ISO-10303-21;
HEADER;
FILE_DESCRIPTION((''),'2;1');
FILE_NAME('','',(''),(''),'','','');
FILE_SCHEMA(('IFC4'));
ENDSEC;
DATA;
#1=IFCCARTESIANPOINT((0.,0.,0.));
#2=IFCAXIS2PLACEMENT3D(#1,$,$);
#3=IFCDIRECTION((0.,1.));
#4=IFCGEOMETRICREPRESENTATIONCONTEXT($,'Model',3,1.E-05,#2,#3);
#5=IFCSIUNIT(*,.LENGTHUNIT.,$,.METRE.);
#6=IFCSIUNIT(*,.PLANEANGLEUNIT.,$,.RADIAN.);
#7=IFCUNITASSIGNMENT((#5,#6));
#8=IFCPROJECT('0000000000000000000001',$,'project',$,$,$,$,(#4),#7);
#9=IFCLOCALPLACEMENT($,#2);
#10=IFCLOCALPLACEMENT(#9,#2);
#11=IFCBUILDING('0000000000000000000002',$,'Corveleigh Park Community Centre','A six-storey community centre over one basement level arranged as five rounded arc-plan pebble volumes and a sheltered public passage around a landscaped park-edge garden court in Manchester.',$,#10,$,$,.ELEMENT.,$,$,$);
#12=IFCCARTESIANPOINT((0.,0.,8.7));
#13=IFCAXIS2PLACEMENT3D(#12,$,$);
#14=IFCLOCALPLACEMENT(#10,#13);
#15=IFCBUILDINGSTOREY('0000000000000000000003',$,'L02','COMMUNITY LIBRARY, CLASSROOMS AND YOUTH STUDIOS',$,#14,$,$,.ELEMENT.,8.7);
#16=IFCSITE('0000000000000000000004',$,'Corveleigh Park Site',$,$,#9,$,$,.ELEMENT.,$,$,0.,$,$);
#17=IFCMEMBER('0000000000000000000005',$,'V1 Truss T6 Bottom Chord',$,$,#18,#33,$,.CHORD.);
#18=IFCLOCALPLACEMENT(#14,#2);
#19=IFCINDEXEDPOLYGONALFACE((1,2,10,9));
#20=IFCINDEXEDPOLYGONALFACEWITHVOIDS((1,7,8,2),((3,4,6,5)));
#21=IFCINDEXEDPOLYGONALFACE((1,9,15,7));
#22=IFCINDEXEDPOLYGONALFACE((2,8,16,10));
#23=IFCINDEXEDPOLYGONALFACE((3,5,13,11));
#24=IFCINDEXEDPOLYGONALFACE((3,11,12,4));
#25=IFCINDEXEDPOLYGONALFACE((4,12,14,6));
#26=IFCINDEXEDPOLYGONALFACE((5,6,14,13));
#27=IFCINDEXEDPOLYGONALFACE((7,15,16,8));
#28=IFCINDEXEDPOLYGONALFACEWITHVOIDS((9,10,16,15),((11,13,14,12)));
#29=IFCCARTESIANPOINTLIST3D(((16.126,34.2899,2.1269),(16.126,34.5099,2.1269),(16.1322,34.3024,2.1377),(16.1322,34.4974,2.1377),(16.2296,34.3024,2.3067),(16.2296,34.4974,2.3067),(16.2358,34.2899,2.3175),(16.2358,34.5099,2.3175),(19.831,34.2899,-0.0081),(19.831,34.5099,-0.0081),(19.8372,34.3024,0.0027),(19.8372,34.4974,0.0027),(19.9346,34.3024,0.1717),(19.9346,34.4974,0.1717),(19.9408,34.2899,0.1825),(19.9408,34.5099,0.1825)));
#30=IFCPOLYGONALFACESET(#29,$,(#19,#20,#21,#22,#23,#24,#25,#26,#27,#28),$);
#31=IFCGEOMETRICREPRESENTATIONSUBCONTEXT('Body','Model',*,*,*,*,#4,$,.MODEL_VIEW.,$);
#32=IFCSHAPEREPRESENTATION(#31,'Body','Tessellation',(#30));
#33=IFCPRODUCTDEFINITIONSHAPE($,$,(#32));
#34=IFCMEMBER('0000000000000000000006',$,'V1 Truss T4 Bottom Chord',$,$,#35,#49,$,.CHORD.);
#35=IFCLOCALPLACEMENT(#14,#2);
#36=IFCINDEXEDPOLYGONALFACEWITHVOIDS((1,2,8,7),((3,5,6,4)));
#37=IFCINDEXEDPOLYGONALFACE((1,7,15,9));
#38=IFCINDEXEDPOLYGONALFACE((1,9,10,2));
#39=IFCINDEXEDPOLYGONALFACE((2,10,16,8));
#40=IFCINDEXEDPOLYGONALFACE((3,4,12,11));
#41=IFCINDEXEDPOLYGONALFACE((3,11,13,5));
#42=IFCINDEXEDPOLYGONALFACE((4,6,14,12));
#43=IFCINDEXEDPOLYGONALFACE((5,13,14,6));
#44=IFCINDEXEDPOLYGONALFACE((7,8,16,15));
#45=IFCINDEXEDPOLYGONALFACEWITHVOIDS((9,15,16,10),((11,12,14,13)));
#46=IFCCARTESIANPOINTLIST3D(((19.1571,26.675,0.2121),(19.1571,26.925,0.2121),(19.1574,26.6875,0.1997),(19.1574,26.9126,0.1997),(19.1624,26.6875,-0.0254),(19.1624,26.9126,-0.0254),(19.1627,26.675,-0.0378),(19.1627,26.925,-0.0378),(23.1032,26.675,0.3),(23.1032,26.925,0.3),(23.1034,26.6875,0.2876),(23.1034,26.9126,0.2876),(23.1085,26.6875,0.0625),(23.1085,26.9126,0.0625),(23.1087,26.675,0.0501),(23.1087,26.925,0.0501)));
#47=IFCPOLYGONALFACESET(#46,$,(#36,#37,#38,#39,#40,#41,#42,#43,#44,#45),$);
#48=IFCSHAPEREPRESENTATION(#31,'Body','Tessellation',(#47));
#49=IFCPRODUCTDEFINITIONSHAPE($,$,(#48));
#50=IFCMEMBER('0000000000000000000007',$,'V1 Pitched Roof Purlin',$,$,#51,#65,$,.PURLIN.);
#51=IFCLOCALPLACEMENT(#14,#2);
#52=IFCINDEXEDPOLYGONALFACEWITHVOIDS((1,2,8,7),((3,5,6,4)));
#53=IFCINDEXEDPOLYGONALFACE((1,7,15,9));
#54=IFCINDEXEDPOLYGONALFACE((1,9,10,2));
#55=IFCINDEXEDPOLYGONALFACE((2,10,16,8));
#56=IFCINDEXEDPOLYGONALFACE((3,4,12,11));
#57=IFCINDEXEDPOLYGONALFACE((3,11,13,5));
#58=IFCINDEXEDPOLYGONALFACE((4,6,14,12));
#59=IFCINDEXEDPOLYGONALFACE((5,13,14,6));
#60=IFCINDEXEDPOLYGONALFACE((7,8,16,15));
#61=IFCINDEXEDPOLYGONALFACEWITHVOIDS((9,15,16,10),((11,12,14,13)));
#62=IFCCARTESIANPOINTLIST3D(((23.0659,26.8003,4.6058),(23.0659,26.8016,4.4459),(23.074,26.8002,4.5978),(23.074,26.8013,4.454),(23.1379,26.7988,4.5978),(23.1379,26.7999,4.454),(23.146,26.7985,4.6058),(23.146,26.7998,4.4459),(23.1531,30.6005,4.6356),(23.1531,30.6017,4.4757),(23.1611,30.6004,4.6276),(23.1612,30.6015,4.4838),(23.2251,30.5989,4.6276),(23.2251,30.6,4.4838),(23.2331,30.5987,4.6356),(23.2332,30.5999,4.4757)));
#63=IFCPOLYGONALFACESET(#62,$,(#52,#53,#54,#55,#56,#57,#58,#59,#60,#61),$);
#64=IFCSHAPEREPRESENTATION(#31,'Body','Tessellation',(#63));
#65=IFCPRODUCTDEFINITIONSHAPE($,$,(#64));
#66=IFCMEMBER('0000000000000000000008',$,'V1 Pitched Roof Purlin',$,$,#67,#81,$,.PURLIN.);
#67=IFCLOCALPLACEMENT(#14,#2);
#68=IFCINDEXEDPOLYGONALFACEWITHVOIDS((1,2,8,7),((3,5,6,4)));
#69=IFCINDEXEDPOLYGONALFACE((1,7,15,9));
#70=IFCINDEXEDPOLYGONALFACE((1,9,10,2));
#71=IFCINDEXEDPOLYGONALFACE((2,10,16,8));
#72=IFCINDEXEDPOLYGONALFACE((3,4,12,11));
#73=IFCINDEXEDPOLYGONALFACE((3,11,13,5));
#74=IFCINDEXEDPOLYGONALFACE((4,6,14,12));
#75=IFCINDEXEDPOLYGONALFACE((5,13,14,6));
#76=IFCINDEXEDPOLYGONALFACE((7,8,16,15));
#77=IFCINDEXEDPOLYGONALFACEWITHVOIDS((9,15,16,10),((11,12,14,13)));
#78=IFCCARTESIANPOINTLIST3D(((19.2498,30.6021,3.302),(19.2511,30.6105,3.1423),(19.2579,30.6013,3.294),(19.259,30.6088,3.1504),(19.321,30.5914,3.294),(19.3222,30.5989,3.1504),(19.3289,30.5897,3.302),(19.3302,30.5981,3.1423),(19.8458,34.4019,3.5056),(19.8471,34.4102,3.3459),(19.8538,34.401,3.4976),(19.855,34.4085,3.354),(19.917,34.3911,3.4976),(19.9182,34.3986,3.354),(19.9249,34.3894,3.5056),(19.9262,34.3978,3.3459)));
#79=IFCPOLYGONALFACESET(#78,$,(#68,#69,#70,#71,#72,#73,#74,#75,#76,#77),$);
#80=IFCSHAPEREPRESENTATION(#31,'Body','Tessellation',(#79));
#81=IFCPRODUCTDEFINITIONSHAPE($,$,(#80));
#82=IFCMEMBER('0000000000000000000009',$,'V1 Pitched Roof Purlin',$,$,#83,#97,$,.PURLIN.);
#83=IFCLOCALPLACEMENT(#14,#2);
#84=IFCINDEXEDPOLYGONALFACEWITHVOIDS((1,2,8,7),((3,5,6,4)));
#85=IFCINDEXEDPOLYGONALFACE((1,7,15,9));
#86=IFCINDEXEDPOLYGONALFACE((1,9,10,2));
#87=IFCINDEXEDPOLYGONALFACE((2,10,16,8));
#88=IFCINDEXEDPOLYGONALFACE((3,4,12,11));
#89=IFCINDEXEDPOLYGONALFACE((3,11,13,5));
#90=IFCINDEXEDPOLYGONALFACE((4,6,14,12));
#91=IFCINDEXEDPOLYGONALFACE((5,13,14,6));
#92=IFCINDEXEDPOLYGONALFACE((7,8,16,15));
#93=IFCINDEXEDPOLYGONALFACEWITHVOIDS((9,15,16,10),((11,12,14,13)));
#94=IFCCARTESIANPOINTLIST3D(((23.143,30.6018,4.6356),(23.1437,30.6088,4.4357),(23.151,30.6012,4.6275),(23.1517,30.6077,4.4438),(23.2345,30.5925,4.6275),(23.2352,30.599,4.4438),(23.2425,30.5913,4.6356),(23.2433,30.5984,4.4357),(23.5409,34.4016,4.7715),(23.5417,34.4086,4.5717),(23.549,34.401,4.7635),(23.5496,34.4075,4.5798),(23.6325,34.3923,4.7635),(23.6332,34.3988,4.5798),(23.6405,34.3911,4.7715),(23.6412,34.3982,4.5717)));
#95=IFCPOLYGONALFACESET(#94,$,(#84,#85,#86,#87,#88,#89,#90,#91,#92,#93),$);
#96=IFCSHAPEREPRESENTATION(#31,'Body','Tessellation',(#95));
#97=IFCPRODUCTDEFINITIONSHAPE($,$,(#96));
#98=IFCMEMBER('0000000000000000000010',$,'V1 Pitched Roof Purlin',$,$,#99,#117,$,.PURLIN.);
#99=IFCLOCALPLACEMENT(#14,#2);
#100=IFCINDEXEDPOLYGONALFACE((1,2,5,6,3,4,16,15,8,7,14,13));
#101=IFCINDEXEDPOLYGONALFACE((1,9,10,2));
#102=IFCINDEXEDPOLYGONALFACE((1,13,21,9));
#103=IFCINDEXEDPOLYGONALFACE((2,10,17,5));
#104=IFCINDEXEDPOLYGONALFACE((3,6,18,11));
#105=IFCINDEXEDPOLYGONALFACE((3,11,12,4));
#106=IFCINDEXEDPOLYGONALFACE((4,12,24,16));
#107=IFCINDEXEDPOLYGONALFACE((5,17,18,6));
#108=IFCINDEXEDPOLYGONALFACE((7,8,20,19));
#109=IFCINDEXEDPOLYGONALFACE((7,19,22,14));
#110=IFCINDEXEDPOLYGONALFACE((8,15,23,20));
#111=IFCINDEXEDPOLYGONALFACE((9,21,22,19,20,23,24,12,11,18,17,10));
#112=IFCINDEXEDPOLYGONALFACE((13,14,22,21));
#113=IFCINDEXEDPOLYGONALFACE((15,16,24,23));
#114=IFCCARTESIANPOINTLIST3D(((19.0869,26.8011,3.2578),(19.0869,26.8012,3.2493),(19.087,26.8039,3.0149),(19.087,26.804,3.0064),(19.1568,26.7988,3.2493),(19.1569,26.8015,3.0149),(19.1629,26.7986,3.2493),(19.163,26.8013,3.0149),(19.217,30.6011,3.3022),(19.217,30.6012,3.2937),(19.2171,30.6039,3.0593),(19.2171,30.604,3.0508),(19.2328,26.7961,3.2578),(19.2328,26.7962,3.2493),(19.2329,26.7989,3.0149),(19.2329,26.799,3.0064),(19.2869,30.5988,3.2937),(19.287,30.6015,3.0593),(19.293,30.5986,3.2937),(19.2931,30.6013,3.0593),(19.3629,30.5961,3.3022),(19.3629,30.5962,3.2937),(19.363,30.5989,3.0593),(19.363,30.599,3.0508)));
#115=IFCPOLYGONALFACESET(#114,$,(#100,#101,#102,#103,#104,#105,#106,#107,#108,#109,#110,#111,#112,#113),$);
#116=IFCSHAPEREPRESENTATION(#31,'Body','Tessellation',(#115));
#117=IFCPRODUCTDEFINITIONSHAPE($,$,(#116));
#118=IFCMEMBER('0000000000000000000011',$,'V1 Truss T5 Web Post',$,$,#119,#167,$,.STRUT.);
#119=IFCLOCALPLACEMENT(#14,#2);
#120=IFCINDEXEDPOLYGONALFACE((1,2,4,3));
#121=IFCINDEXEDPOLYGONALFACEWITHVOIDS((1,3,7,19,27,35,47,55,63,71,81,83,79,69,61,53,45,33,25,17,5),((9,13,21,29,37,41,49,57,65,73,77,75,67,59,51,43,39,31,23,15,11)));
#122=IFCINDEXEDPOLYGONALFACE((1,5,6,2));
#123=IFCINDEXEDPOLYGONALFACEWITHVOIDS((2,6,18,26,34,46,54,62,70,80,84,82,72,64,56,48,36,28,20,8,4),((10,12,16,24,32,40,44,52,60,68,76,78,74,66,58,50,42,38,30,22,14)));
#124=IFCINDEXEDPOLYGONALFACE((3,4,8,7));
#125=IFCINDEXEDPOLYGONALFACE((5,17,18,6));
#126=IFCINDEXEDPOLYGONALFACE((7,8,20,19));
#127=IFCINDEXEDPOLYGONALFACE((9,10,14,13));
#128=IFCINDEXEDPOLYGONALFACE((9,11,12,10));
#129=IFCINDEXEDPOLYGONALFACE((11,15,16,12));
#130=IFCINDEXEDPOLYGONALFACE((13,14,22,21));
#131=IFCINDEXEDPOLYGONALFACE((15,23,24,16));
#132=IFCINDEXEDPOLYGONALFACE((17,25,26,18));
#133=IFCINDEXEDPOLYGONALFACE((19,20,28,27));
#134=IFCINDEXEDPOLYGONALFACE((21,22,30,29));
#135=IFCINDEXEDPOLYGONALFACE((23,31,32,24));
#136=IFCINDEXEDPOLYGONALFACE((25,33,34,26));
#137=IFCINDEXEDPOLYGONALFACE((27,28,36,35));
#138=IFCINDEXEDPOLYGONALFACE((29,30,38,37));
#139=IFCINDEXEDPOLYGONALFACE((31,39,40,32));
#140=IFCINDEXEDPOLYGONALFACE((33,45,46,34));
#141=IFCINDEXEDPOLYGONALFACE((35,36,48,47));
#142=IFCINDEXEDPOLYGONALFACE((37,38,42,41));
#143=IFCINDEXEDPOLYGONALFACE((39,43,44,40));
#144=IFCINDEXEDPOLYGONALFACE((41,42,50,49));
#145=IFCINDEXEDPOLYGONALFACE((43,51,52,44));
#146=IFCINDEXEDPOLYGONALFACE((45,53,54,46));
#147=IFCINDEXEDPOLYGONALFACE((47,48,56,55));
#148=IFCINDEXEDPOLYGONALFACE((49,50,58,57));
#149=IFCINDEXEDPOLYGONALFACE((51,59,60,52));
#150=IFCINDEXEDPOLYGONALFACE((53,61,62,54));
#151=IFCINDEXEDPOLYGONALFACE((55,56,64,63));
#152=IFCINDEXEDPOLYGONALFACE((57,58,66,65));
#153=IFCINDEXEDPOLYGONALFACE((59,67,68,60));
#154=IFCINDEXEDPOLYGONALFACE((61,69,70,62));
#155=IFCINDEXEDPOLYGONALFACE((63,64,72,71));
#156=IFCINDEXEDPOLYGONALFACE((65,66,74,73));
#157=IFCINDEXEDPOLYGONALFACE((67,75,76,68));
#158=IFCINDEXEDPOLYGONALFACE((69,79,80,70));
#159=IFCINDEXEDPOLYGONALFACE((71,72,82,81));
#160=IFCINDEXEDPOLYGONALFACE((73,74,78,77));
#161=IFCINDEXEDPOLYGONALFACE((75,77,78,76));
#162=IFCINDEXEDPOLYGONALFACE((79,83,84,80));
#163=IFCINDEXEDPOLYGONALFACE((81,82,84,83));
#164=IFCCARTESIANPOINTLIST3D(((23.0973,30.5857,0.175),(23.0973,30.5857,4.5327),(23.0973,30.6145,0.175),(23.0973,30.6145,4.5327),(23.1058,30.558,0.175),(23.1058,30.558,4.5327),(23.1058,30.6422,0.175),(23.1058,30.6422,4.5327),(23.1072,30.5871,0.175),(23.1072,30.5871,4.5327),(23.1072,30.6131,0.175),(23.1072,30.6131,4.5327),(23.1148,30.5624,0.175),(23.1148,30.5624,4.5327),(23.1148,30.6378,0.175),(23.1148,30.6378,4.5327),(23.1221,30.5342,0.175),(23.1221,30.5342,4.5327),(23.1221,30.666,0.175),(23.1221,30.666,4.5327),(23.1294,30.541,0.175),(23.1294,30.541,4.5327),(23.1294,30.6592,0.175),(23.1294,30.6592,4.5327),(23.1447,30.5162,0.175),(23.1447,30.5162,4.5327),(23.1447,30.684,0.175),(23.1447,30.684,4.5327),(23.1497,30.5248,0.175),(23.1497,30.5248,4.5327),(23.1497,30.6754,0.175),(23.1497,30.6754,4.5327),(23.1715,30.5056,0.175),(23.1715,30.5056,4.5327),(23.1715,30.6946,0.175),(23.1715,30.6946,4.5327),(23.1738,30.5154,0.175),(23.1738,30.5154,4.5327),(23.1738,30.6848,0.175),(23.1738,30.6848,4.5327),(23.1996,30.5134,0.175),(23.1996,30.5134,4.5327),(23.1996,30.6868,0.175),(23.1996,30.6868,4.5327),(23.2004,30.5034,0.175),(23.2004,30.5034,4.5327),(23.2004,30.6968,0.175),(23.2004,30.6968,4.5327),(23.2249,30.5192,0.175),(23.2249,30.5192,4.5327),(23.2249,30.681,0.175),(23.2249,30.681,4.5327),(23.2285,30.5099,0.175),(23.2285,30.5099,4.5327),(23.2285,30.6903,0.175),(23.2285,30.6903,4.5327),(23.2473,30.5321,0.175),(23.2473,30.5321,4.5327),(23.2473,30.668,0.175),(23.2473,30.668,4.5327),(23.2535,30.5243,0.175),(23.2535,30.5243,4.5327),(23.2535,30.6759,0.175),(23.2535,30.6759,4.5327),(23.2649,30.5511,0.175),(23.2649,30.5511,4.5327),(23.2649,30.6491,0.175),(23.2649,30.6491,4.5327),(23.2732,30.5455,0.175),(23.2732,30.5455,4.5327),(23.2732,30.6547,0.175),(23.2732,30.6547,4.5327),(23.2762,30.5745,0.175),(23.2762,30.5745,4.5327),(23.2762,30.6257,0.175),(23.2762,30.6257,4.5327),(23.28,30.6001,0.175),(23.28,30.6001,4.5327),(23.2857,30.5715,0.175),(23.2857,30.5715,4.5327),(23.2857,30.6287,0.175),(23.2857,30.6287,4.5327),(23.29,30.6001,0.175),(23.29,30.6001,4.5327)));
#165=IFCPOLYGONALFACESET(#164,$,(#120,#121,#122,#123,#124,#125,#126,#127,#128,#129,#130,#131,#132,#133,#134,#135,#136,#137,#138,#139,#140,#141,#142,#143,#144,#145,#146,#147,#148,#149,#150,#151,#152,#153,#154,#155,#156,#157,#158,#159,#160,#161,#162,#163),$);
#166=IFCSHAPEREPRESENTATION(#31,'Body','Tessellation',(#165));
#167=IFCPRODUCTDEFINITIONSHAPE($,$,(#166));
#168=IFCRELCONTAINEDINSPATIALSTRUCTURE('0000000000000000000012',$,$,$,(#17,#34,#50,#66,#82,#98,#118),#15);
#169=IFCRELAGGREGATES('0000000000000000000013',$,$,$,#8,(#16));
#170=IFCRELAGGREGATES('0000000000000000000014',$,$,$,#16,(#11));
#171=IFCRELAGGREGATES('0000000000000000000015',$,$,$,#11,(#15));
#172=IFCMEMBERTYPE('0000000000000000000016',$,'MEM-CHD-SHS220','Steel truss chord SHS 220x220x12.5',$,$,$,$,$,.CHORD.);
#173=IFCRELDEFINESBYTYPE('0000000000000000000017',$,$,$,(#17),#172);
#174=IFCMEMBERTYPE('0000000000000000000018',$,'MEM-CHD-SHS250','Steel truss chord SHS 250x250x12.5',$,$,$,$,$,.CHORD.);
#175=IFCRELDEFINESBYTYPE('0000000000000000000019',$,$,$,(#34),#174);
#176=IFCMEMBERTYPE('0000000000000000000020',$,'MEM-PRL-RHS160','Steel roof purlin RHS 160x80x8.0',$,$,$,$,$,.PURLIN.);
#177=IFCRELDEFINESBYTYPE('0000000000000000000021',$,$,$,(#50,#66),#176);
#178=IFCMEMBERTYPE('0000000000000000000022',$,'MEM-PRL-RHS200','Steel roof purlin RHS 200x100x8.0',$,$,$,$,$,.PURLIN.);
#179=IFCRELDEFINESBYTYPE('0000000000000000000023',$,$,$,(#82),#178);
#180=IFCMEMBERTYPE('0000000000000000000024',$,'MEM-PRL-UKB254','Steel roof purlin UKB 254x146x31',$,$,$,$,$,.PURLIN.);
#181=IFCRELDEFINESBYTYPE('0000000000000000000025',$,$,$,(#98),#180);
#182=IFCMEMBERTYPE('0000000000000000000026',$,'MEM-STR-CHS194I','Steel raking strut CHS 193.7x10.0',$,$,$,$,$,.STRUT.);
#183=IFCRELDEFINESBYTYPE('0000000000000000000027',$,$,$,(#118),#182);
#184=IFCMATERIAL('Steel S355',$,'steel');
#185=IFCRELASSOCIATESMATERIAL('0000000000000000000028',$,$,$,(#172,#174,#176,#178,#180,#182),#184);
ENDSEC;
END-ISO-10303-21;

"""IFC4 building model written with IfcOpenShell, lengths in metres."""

from ifc_helpers import new_model, si_unit, direction, frame, origin, origin_2d, place, context, subcontext, project, spatial, hollow_rectangle, hollow_circle, i_section, extrude, material, material_profile, profile_set, type_object, element, save


model = new_model("IFC4")

# Units and contexts
model_context = context("Model", 3, precision=1e-05, world=origin(), true_north=direction((0.0, 1.0)))
body_context = subcontext(model_context, "Body", "Model", "MODEL_VIEW")
ifc_project = project(units=[si_unit("LENGTHUNIT", "METRE"), si_unit("PLANEANGLEUNIT", "RADIAN")], contexts=[model_context])

# Site, building, storey
site_placement = place(None, origin())
site = spatial("IfcSite", under=ifc_project, at=site_placement, Name="Corveleigh Park Site", CompositionType="ELEMENT", RefElevation=0.0)
building_placement = place(site_placement, origin())
building = spatial("IfcBuilding", under=site, at=building_placement, Name="Corveleigh Park Community Centre", Description="A six-storey community centre over one basement level arranged as five rounded arc-plan pebble volumes and a sheltered public passage around a landscaped park-edge garden court in Manchester.", CompositionType="ELEMENT")
storey_placement = place(building_placement, frame((0.0, 0.0, 8.7)))
storey = spatial("IfcBuildingStorey", under=building, at=storey_placement, Name="L02", Description="COMMUNITY LIBRARY, CLASSROOMS AND YOUTH STUDIOS", CompositionType="ELEMENT", Elevation=8.7)

# Shared definitions
ifc_material = material(Name="Steel S355", Category="steel")

# Members
ifc_material_profile_1 = material_profile(ifc_material, hollow_rectangle(XDim=0.22, YDim=0.22, WallThickness=0.0125, at=origin_2d()), Name="SHS 220x220x12.5", Category="steel")
ifc_profile_set_1 = profile_set([ifc_material_profile_1], Name="Steel S355")
member_type_1 = type_object("IfcMemberType", Name="MEM-CHD-SHS220", Description="Steel truss chord SHS 220x220x12.5", PredefinedType="CHORD", material=ifc_profile_set_1)
member_1_placement = place(storey_placement, frame((16.1809, 34.3999, 2.2222), z_axis=(0.866442, 0.0, -0.499278), x_axis=(0.0, 1.0, 0.0)))
element("IfcMember", 1, at=member_1_placement, inside=storey, type_object=member_type_1, Name="V1 Truss T6 Bottom Chord", PredefinedType="CHORD", context=body_context, shape_type="SweptSolid", body=[
    extrude(hollow_rectangle(XDim=0.22, YDim=0.22, WallThickness=0.0125, at=origin_2d()), origin(), (0.0, 0.0, 1.0), 4.2761),
])
ifc_material_profile_2 = material_profile(ifc_material, hollow_rectangle(XDim=0.25, YDim=0.25, WallThickness=0.0125, at=origin_2d()), Name="SHS 250x250x12.5", Category="steel")
ifc_profile_set_2 = profile_set([ifc_material_profile_2], Name="Steel S355")
member_type_2 = type_object("IfcMemberType", Name="MEM-CHD-SHS250", Description="Steel truss chord SHS 250x250x12.5", PredefinedType="CHORD", material=ifc_profile_set_2)
member_2_placement = place(storey_placement, frame((19.1599, 26.8, 0.0872), z_axis=(0.999752, 0.0, 0.022268), x_axis=(0.0, 1.0, 0.0)))
element("IfcMember", 2, at=member_2_placement, inside=storey, type_object=member_type_2, Name="V1 Truss T4 Bottom Chord", PredefinedType="CHORD", context=body_context, shape_type="SweptSolid", body=[
    extrude(hollow_rectangle(XDim=0.25, YDim=0.25, WallThickness=0.0125, at=origin_2d()), origin(), (0.0, 0.0, 1.0), 3.947),
])
ifc_material_profile_3 = material_profile(ifc_material, hollow_rectangle(XDim=0.0801, YDim=0.1599, WallThickness=0.0081, at=origin_2d()), Name="RHS 160x80x8.0", Category="steel")
ifc_profile_set_3 = profile_set([ifc_material_profile_3], Name="Steel S355")
member_type_3 = type_object("IfcMemberType", Name="MEM-PRL-RHS160", Description="Steel roof purlin RHS 160x80x8.0", PredefinedType="PURLIN", material=ifc_profile_set_3)
member_3_placement = place(storey_placement, frame((23.106, 26.8, 4.5259), z_axis=(0.022929, 0.999706, 0.007836), x_axis=(-0.999737, 0.02293, 0.0)))
element("IfcMember", 3, at=member_3_placement, inside=storey, type_object=member_type_3, Name="V1 Pitched Roof Purlin", PredefinedType="PURLIN", context=body_context, shape_type="SweptSolid", body=[
    extrude(hollow_rectangle(XDim=0.0801, YDim=0.1599, WallThickness=0.0081, at=origin_2d()), origin(), (0.0, 0.0, 1.0), 3.8013),
])
member_4_placement = place(storey_placement, frame((19.29, 30.6001, 3.2222), z_axis=(0.154726, 0.986542, 0.052864), x_axis=(-0.987924, 0.154942, 0.0)))
element("IfcMember", 4, at=member_4_placement, inside=storey, type_object=member_type_3, Name="V1 Pitched Roof Purlin", PredefinedType="PURLIN", context=body_context, shape_type="SweptSolid", body=[
    extrude(hollow_rectangle(XDim=0.0801, YDim=0.1599, WallThickness=0.0081, at=origin_2d()), origin(), (0.0, 0.0, 1.0), 3.8516),
])
ifc_material_profile_4 = material_profile(ifc_material, hollow_rectangle(XDim=0.1001, YDim=0.2, WallThickness=0.0081, at=origin_2d()), Name="RHS 200x100x8.0", Category="steel")
ifc_profile_set_4 = profile_set([ifc_material_profile_4], Name="Steel S355")
member_type_4 = type_object("IfcMemberType", Name="MEM-PRL-RHS200", Description="Steel roof purlin RHS 200x100x8.0", PredefinedType="PURLIN", material=ifc_profile_set_4)
member_5_placement = place(storey_placement, frame((23.1931, 30.6001, 4.5356), z_axis=(0.104093, 0.993931, 0.035571), x_axis=(-0.994561, 0.104159, 0.0)))
element("IfcMember", 5, at=member_5_placement, inside=storey, type_object=member_type_4, Name="V1 Pitched Roof Purlin", PredefinedType="PURLIN", context=body_context, shape_type="SweptSolid", body=[
    extrude(hollow_rectangle(XDim=0.1001, YDim=0.2, WallThickness=0.0081, at=origin_2d()), origin(), (0.0, 0.0, 1.0), 3.823),
])
ifc_material_profile_5 = material_profile(ifc_material, i_section(OverallWidth=0.146, OverallDepth=0.2515, WebThickness=0.0061, FlangeThickness=0.0085, at=origin_2d()), Name="UKB 254x146x31", Category="steel")
ifc_profile_set_5 = profile_set([ifc_material_profile_5], Name="Steel S355")
member_type_5 = type_object("IfcMemberType", Name="MEM-PRL-UKB254", Description="Steel roof purlin UKB 254x146x31", PredefinedType="PURLIN", material=ifc_profile_set_5)
member_6_placement = place(storey_placement, frame((19.1599, 26.8, 3.1321), z_axis=(0.034221, 0.999346, 0.011685), x_axis=(-0.999414, 0.034223, 0.0)))
element("IfcMember", 6, at=member_6_placement, inside=storey, type_object=member_type_5, Name="V1 Pitched Roof Purlin", PredefinedType="PURLIN", context=body_context, shape_type="SweptSolid", body=[
    extrude(i_section(OverallWidth=0.146, OverallDepth=0.2515, WebThickness=0.0061, FlangeThickness=0.0085, at=origin_2d()), origin(), (0.0, 0.0, 1.0), 3.8025),
])
ifc_material_profile_6 = material_profile(ifc_material, hollow_circle(Radius=0.0969, WallThickness=0.01, at=origin_2d()), Name="CHS 193.7x10.0", Category="steel")
ifc_profile_set_6 = profile_set([ifc_material_profile_6], Name="Steel S355")
member_type_6 = type_object("IfcMemberType", Name="MEM-STR-CHS194I", Description="Steel raking strut CHS 193.7x10.0", PredefinedType="STRUT", material=ifc_profile_set_6)
member_7_placement = place(storey_placement, frame((23.1931, 30.6001, 0.175), z_axis=(0.0, 0.0, 1.0), x_axis=(1.0, 0.0, 0.0)))
element("IfcMember", 7, at=member_7_placement, inside=storey, type_object=member_type_6, Name="V1 Truss T5 Web Post", PredefinedType="STRUT", context=body_context, shape_type="SweptSolid", body=[
    extrude(hollow_circle(Radius=0.0969, WallThickness=0.01, at=origin_2d()), origin(), (0.0, 0.0, 1.0), 4.3577),
])

save(model, "model.ifc")
